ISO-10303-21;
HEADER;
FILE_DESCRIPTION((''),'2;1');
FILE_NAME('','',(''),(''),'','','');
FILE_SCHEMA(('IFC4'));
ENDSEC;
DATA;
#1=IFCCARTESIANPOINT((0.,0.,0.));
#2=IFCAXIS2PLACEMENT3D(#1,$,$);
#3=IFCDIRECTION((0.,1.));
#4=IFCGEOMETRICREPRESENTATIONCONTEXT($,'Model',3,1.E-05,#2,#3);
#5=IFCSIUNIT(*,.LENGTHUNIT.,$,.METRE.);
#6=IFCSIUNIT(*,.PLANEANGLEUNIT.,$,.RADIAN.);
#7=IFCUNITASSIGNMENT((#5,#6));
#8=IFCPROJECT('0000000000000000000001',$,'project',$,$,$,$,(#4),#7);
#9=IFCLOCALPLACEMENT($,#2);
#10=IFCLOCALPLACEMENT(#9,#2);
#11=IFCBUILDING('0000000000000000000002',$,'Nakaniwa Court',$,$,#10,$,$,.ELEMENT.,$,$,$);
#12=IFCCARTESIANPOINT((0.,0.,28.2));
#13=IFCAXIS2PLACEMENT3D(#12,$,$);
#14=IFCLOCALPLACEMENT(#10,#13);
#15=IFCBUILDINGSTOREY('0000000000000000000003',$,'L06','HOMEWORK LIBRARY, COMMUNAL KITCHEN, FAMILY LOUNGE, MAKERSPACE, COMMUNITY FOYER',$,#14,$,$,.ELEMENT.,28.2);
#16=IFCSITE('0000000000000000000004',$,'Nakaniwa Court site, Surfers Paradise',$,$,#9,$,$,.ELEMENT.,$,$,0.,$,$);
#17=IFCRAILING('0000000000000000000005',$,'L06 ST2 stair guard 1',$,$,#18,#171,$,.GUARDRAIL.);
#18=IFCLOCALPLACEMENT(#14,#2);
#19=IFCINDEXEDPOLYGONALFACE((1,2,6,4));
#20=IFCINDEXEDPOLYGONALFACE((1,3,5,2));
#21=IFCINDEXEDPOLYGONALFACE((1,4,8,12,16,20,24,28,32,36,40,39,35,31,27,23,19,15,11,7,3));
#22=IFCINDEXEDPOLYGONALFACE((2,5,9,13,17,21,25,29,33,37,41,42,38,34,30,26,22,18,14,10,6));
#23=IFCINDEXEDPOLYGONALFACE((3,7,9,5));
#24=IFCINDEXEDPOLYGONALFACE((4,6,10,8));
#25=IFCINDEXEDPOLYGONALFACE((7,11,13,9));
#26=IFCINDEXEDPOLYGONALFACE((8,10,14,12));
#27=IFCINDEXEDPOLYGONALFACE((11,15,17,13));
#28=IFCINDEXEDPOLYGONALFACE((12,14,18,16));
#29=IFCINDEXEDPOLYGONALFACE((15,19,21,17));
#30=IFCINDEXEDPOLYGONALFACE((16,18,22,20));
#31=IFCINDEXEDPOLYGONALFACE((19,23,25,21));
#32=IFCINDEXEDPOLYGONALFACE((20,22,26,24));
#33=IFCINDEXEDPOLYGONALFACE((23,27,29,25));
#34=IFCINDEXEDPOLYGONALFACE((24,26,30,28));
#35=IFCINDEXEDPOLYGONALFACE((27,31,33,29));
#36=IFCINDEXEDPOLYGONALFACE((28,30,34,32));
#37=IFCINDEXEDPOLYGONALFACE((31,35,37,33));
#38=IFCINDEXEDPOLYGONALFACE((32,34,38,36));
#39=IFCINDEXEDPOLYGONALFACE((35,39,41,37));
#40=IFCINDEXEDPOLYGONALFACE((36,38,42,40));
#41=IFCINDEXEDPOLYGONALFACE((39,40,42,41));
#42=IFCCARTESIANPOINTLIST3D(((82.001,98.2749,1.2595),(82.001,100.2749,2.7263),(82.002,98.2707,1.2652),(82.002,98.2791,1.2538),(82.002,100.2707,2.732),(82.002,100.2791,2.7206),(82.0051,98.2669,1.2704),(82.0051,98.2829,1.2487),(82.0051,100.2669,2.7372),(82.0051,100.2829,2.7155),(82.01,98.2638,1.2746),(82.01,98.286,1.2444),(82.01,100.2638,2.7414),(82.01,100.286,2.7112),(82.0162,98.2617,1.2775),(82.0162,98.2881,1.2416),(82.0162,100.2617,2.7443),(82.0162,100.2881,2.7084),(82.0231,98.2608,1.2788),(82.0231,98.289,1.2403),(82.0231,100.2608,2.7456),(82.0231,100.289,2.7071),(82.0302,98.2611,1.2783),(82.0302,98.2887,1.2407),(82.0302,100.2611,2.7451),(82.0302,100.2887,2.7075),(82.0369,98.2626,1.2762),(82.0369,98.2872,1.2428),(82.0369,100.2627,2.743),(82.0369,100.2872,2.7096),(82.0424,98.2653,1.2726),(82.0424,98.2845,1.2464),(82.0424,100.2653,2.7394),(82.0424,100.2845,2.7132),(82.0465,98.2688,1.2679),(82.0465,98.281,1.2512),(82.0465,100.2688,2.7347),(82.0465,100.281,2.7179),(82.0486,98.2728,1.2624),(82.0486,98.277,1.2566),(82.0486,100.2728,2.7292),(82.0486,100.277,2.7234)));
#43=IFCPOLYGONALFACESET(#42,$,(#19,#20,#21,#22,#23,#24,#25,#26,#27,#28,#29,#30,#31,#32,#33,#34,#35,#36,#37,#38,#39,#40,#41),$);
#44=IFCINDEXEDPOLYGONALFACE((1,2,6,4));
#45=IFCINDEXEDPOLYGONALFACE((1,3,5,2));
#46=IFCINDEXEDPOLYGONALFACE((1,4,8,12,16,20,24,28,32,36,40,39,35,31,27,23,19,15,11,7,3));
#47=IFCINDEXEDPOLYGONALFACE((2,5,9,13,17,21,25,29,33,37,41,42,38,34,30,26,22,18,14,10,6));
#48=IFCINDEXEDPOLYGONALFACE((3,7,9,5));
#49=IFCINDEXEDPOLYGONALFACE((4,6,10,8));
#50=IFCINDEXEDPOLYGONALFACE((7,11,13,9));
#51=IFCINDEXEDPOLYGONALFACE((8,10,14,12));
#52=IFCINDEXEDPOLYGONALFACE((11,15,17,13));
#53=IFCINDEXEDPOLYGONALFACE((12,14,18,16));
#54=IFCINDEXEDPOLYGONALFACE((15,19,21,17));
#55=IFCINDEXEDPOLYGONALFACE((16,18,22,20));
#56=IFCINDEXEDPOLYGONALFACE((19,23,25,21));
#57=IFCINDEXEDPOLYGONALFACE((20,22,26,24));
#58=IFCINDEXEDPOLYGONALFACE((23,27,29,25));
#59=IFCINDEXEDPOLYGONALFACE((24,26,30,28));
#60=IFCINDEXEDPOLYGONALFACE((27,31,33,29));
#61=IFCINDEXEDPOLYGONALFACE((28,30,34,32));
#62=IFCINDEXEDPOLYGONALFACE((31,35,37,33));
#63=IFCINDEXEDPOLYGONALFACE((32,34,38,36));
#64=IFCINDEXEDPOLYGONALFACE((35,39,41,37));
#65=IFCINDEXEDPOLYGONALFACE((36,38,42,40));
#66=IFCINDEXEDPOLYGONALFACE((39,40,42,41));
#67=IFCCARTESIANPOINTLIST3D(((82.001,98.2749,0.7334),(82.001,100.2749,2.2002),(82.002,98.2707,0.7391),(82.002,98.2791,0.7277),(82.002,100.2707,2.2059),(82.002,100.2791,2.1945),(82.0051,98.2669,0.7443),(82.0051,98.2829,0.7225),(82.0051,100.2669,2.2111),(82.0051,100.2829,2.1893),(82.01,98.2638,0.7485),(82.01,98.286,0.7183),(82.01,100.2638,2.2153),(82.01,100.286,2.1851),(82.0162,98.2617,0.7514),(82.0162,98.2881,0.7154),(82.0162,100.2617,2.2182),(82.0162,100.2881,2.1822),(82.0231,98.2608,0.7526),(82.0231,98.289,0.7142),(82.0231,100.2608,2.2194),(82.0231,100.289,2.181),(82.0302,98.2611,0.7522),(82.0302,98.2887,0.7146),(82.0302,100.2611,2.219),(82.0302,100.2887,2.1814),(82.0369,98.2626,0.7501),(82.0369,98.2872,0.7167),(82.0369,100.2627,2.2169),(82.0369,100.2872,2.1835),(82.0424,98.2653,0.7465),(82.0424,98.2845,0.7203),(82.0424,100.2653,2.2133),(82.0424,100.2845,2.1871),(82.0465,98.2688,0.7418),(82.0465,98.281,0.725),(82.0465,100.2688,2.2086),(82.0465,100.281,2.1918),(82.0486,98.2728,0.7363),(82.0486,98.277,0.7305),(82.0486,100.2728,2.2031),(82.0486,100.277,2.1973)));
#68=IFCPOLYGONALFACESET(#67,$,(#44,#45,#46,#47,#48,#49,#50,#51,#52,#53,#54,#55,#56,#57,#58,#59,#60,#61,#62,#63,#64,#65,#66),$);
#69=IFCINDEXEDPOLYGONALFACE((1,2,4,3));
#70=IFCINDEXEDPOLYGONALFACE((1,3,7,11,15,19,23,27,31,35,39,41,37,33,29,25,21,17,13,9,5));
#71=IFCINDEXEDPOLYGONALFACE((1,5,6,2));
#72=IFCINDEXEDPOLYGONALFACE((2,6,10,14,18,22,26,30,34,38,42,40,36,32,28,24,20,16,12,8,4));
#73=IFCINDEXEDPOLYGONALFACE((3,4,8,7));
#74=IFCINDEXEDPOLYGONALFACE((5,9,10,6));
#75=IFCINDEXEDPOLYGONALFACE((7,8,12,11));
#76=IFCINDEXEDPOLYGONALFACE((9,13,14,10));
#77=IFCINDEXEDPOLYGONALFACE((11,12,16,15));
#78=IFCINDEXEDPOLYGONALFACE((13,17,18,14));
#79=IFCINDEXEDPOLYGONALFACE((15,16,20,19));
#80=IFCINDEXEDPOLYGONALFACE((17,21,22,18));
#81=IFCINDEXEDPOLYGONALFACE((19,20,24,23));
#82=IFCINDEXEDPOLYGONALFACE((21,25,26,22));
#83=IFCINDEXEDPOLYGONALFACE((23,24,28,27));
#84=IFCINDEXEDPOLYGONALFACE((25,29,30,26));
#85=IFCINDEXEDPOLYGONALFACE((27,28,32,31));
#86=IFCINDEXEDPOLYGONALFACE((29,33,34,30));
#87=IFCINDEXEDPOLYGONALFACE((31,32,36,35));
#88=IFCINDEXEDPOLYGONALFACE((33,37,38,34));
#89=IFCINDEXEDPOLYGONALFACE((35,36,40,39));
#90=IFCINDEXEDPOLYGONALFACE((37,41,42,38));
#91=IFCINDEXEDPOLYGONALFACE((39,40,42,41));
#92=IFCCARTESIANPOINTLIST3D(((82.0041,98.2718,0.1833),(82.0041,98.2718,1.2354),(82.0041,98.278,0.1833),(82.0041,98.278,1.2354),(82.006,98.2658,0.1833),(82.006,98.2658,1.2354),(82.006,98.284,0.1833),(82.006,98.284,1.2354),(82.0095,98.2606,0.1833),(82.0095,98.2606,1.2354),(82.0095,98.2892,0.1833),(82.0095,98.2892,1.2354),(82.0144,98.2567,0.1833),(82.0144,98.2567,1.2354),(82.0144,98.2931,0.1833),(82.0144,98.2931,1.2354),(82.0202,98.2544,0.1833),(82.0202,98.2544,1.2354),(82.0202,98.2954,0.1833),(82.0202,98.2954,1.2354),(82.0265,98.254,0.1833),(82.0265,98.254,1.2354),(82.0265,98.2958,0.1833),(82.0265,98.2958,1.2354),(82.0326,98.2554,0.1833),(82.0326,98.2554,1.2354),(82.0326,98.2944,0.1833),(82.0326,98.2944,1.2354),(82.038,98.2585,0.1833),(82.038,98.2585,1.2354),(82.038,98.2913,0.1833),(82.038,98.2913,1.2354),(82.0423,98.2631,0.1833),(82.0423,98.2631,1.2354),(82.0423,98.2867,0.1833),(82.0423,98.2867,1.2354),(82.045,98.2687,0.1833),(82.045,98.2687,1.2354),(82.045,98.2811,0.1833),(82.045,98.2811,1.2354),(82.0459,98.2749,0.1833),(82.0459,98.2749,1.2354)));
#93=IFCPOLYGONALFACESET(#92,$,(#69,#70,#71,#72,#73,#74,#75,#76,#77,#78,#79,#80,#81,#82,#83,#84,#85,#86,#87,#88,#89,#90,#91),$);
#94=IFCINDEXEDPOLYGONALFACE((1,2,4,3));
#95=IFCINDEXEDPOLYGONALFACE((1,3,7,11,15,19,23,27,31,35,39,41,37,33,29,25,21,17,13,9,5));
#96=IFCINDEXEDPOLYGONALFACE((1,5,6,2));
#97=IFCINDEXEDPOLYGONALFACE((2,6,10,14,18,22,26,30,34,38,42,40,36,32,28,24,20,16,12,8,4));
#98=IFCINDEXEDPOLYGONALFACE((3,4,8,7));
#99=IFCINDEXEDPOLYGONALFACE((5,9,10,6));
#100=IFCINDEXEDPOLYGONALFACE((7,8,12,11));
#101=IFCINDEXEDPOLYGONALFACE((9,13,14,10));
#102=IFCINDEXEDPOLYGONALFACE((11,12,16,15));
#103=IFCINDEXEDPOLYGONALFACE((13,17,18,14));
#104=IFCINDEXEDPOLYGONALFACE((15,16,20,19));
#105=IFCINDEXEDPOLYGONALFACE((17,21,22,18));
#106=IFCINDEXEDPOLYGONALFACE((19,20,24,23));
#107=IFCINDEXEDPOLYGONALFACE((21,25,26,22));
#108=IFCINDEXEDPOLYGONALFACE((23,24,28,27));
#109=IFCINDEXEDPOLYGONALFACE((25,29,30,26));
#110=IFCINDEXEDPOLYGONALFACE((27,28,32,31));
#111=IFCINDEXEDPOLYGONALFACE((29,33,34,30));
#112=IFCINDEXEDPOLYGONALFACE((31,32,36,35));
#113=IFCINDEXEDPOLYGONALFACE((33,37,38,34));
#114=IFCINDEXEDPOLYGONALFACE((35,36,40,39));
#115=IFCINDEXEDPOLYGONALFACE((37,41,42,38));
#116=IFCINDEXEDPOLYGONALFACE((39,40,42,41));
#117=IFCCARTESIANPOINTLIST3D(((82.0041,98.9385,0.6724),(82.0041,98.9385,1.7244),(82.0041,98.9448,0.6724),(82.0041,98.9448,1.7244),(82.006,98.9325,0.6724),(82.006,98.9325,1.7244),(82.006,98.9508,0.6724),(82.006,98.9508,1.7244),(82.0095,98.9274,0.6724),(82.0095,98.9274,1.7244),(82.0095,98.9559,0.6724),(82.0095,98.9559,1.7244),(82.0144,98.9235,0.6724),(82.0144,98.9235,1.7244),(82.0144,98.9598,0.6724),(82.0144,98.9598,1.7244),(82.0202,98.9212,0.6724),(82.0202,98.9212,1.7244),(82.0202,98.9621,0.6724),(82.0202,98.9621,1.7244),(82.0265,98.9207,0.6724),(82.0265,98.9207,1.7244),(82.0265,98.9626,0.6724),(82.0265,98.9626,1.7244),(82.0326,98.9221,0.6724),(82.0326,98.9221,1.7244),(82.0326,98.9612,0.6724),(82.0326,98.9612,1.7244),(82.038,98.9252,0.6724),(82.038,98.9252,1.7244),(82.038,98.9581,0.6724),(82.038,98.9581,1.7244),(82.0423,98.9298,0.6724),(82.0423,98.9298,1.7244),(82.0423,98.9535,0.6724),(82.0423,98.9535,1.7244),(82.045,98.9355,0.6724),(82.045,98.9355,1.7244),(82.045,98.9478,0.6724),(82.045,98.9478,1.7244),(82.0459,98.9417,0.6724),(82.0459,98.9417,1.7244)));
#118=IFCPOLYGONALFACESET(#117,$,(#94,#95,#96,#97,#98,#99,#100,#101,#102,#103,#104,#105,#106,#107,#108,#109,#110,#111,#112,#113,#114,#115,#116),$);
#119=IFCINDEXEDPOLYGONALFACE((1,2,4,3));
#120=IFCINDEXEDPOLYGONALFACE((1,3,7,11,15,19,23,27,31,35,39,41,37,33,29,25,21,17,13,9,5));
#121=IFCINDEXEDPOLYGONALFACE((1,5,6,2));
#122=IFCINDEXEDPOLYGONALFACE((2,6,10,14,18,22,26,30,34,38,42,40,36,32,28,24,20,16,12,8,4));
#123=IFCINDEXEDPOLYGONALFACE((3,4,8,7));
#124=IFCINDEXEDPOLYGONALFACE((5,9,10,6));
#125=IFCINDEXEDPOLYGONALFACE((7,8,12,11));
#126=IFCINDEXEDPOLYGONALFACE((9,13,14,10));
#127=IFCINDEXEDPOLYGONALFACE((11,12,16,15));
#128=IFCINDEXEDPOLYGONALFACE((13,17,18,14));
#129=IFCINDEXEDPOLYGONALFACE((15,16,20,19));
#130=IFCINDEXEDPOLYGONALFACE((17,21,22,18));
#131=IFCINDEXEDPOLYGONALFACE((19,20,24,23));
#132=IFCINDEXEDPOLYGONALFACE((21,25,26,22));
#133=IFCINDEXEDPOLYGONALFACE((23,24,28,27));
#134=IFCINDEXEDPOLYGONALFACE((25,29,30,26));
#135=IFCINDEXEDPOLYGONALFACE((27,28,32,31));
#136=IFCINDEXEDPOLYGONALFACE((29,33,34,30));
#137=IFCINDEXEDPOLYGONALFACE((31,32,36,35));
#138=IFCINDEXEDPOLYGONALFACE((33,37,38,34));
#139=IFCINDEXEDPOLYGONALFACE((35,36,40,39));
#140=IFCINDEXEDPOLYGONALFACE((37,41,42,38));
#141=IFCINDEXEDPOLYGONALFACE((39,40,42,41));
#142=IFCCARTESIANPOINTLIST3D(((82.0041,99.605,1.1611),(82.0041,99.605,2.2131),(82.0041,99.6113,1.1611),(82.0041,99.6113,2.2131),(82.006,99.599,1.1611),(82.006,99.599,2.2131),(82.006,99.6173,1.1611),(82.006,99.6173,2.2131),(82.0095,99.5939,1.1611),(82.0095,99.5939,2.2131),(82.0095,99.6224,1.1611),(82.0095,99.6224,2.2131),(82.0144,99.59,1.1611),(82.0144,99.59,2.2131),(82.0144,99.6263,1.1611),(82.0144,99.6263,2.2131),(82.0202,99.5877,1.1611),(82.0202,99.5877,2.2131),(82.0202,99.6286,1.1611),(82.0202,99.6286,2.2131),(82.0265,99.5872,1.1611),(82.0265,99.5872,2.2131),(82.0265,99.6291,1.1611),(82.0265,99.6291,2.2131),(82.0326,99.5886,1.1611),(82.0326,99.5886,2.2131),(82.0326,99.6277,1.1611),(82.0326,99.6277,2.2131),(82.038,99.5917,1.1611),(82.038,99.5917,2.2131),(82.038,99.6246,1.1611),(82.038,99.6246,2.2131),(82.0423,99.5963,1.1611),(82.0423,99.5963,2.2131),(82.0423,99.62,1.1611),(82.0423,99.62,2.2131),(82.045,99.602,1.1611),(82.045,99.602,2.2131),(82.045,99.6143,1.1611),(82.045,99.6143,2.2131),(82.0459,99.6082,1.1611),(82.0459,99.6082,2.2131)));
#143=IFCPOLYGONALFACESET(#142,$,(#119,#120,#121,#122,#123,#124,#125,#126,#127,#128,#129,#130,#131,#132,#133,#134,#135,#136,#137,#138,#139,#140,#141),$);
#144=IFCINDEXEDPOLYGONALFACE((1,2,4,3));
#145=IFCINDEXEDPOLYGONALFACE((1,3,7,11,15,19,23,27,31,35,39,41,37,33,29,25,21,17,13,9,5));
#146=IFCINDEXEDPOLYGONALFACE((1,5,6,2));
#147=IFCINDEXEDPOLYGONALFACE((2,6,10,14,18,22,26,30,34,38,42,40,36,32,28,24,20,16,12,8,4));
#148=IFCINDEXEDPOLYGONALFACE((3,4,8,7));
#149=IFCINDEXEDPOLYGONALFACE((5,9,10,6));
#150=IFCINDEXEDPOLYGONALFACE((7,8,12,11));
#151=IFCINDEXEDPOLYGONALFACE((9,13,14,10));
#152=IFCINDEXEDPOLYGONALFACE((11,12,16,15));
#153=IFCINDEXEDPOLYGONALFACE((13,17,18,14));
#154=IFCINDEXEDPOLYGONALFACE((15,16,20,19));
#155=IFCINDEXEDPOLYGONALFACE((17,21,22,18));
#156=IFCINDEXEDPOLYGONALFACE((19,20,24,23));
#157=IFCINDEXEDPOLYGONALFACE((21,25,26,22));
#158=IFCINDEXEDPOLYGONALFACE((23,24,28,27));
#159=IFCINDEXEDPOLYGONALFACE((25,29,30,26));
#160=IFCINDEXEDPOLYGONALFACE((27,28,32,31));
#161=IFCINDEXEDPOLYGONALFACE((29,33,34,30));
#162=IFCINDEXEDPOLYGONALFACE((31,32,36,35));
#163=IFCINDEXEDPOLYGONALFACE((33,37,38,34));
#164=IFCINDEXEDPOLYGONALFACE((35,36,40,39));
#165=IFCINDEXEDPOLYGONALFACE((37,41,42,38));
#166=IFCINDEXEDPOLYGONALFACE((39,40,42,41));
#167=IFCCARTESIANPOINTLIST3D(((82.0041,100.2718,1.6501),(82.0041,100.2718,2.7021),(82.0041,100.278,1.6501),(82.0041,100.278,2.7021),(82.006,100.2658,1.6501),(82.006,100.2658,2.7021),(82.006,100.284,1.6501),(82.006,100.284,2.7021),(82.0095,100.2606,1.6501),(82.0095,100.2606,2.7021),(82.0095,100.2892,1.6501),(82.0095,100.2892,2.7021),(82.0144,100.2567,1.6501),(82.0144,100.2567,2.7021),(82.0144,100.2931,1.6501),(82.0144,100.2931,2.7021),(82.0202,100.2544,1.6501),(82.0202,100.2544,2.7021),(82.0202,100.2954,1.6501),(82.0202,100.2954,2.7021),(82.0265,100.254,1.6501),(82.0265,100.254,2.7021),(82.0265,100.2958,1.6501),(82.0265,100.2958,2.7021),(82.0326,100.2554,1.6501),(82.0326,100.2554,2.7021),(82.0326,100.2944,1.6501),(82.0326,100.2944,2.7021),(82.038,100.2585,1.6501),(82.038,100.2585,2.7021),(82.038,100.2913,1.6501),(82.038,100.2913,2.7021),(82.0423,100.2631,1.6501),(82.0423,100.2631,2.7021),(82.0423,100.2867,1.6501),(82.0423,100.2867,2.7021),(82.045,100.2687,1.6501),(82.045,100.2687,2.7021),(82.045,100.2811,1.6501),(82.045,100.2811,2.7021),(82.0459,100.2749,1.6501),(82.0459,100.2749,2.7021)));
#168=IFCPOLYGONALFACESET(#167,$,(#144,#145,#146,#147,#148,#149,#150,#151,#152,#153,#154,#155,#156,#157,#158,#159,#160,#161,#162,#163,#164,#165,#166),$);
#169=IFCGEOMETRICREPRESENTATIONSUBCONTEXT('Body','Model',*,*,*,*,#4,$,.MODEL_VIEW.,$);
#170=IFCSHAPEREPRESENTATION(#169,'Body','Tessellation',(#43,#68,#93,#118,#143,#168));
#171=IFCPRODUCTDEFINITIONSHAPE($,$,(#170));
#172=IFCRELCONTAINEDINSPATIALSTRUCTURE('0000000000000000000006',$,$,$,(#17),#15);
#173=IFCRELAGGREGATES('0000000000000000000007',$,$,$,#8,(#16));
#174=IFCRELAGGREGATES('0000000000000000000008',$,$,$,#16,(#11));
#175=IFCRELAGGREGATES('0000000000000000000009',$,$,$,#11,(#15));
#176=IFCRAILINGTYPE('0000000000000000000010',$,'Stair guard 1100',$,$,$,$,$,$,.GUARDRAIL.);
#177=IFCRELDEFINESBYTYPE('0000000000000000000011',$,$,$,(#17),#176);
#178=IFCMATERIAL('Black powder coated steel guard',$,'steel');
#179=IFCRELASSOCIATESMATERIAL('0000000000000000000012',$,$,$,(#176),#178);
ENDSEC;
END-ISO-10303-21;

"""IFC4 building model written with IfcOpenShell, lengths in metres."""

from ifc_helpers import new_model, si_unit, direction, frame, origin, origin_2d, place, context, subcontext, project, spatial, circle, extrude, material, type_object, element, save


model = new_model("IFC4")

# Units and contexts
model_context = context("Model", 3, precision=1e-05, world=origin(), true_north=direction((0.0, 1.0)))
body_context = subcontext(model_context, "Body", "Model", "MODEL_VIEW")
ifc_project = project(units=[si_unit("LENGTHUNIT", "METRE"), si_unit("PLANEANGLEUNIT", "RADIAN")], contexts=[model_context])

# Site, building, storey
site_placement = place(None, origin())
site = spatial("IfcSite", under=ifc_project, at=site_placement, Name="Nakaniwa Court site, Surfers Paradise", CompositionType="ELEMENT", RefElevation=0.0)
building_placement = place(site_placement, origin())
building = spatial("IfcBuilding", under=site, at=building_placement, Name="Nakaniwa Court", CompositionType="ELEMENT")
storey_placement = place(building_placement, frame((0.0, 0.0, 28.2)))
storey = spatial("IfcBuildingStorey", under=building, at=storey_placement, Name="L06", Description="HOMEWORK LIBRARY, COMMUNAL KITCHEN, FAMILY LOUNGE, MAKERSPACE, COMMUNITY FOYER", CompositionType="ELEMENT", Elevation=28.2)

# Railing
ifc_material_1 = material(Name="Black powder coated steel guard", Category="steel")
railing_type = type_object("IfcRailingType", Name="Stair guard 1100", PredefinedType="GUARDRAIL", material=ifc_material_1)
railing_1_placement = place(storey_placement, frame((82.0249, 98.2749, 0.1833)))
element("IfcRailing", 1, at=railing_1_placement, inside=storey, type_object=railing_type, Name="L06 ST2 stair guard 1", PredefinedType="GUARDRAIL", context=body_context, shape_type="SweptSolid", body=[
    extrude(circle(Radius=0.0239, at=origin_2d()), frame((0.0, 0.0, 1.0762), z_axis=(0.0, 0.80638, 0.591398), x_axis=(-1.0, 0.0, 0.0)), (0.0, 0.0, 1.0), 2.4802),
    extrude(circle(Radius=0.0239, at=origin_2d()), frame((0.0, 0.0, 0.55), z_axis=(0.0, 0.80638, 0.591398), x_axis=(-1.0, 0.0, 0.0)), (0.0, 0.0, 1.0), 2.4802),
    extrude(circle(Radius=0.021, at=origin_2d()), origin(), (0.0, 0.0, 1.0), 1.052),
    extrude(circle(Radius=0.021, at=origin_2d()), frame((0.0, 0.6667, 0.489)), (0.0, 0.0, 1.0), 1.052),
    extrude(circle(Radius=0.021, at=origin_2d()), frame((0.0, 1.3333, 0.9778)), (0.0, 0.0, 1.0), 1.052),
    extrude(circle(Radius=0.021, at=origin_2d()), frame((0.0, 2.0, 1.4668)), (0.0, 0.0, 1.0), 1.052),
])

save(model, "model.ifc")
